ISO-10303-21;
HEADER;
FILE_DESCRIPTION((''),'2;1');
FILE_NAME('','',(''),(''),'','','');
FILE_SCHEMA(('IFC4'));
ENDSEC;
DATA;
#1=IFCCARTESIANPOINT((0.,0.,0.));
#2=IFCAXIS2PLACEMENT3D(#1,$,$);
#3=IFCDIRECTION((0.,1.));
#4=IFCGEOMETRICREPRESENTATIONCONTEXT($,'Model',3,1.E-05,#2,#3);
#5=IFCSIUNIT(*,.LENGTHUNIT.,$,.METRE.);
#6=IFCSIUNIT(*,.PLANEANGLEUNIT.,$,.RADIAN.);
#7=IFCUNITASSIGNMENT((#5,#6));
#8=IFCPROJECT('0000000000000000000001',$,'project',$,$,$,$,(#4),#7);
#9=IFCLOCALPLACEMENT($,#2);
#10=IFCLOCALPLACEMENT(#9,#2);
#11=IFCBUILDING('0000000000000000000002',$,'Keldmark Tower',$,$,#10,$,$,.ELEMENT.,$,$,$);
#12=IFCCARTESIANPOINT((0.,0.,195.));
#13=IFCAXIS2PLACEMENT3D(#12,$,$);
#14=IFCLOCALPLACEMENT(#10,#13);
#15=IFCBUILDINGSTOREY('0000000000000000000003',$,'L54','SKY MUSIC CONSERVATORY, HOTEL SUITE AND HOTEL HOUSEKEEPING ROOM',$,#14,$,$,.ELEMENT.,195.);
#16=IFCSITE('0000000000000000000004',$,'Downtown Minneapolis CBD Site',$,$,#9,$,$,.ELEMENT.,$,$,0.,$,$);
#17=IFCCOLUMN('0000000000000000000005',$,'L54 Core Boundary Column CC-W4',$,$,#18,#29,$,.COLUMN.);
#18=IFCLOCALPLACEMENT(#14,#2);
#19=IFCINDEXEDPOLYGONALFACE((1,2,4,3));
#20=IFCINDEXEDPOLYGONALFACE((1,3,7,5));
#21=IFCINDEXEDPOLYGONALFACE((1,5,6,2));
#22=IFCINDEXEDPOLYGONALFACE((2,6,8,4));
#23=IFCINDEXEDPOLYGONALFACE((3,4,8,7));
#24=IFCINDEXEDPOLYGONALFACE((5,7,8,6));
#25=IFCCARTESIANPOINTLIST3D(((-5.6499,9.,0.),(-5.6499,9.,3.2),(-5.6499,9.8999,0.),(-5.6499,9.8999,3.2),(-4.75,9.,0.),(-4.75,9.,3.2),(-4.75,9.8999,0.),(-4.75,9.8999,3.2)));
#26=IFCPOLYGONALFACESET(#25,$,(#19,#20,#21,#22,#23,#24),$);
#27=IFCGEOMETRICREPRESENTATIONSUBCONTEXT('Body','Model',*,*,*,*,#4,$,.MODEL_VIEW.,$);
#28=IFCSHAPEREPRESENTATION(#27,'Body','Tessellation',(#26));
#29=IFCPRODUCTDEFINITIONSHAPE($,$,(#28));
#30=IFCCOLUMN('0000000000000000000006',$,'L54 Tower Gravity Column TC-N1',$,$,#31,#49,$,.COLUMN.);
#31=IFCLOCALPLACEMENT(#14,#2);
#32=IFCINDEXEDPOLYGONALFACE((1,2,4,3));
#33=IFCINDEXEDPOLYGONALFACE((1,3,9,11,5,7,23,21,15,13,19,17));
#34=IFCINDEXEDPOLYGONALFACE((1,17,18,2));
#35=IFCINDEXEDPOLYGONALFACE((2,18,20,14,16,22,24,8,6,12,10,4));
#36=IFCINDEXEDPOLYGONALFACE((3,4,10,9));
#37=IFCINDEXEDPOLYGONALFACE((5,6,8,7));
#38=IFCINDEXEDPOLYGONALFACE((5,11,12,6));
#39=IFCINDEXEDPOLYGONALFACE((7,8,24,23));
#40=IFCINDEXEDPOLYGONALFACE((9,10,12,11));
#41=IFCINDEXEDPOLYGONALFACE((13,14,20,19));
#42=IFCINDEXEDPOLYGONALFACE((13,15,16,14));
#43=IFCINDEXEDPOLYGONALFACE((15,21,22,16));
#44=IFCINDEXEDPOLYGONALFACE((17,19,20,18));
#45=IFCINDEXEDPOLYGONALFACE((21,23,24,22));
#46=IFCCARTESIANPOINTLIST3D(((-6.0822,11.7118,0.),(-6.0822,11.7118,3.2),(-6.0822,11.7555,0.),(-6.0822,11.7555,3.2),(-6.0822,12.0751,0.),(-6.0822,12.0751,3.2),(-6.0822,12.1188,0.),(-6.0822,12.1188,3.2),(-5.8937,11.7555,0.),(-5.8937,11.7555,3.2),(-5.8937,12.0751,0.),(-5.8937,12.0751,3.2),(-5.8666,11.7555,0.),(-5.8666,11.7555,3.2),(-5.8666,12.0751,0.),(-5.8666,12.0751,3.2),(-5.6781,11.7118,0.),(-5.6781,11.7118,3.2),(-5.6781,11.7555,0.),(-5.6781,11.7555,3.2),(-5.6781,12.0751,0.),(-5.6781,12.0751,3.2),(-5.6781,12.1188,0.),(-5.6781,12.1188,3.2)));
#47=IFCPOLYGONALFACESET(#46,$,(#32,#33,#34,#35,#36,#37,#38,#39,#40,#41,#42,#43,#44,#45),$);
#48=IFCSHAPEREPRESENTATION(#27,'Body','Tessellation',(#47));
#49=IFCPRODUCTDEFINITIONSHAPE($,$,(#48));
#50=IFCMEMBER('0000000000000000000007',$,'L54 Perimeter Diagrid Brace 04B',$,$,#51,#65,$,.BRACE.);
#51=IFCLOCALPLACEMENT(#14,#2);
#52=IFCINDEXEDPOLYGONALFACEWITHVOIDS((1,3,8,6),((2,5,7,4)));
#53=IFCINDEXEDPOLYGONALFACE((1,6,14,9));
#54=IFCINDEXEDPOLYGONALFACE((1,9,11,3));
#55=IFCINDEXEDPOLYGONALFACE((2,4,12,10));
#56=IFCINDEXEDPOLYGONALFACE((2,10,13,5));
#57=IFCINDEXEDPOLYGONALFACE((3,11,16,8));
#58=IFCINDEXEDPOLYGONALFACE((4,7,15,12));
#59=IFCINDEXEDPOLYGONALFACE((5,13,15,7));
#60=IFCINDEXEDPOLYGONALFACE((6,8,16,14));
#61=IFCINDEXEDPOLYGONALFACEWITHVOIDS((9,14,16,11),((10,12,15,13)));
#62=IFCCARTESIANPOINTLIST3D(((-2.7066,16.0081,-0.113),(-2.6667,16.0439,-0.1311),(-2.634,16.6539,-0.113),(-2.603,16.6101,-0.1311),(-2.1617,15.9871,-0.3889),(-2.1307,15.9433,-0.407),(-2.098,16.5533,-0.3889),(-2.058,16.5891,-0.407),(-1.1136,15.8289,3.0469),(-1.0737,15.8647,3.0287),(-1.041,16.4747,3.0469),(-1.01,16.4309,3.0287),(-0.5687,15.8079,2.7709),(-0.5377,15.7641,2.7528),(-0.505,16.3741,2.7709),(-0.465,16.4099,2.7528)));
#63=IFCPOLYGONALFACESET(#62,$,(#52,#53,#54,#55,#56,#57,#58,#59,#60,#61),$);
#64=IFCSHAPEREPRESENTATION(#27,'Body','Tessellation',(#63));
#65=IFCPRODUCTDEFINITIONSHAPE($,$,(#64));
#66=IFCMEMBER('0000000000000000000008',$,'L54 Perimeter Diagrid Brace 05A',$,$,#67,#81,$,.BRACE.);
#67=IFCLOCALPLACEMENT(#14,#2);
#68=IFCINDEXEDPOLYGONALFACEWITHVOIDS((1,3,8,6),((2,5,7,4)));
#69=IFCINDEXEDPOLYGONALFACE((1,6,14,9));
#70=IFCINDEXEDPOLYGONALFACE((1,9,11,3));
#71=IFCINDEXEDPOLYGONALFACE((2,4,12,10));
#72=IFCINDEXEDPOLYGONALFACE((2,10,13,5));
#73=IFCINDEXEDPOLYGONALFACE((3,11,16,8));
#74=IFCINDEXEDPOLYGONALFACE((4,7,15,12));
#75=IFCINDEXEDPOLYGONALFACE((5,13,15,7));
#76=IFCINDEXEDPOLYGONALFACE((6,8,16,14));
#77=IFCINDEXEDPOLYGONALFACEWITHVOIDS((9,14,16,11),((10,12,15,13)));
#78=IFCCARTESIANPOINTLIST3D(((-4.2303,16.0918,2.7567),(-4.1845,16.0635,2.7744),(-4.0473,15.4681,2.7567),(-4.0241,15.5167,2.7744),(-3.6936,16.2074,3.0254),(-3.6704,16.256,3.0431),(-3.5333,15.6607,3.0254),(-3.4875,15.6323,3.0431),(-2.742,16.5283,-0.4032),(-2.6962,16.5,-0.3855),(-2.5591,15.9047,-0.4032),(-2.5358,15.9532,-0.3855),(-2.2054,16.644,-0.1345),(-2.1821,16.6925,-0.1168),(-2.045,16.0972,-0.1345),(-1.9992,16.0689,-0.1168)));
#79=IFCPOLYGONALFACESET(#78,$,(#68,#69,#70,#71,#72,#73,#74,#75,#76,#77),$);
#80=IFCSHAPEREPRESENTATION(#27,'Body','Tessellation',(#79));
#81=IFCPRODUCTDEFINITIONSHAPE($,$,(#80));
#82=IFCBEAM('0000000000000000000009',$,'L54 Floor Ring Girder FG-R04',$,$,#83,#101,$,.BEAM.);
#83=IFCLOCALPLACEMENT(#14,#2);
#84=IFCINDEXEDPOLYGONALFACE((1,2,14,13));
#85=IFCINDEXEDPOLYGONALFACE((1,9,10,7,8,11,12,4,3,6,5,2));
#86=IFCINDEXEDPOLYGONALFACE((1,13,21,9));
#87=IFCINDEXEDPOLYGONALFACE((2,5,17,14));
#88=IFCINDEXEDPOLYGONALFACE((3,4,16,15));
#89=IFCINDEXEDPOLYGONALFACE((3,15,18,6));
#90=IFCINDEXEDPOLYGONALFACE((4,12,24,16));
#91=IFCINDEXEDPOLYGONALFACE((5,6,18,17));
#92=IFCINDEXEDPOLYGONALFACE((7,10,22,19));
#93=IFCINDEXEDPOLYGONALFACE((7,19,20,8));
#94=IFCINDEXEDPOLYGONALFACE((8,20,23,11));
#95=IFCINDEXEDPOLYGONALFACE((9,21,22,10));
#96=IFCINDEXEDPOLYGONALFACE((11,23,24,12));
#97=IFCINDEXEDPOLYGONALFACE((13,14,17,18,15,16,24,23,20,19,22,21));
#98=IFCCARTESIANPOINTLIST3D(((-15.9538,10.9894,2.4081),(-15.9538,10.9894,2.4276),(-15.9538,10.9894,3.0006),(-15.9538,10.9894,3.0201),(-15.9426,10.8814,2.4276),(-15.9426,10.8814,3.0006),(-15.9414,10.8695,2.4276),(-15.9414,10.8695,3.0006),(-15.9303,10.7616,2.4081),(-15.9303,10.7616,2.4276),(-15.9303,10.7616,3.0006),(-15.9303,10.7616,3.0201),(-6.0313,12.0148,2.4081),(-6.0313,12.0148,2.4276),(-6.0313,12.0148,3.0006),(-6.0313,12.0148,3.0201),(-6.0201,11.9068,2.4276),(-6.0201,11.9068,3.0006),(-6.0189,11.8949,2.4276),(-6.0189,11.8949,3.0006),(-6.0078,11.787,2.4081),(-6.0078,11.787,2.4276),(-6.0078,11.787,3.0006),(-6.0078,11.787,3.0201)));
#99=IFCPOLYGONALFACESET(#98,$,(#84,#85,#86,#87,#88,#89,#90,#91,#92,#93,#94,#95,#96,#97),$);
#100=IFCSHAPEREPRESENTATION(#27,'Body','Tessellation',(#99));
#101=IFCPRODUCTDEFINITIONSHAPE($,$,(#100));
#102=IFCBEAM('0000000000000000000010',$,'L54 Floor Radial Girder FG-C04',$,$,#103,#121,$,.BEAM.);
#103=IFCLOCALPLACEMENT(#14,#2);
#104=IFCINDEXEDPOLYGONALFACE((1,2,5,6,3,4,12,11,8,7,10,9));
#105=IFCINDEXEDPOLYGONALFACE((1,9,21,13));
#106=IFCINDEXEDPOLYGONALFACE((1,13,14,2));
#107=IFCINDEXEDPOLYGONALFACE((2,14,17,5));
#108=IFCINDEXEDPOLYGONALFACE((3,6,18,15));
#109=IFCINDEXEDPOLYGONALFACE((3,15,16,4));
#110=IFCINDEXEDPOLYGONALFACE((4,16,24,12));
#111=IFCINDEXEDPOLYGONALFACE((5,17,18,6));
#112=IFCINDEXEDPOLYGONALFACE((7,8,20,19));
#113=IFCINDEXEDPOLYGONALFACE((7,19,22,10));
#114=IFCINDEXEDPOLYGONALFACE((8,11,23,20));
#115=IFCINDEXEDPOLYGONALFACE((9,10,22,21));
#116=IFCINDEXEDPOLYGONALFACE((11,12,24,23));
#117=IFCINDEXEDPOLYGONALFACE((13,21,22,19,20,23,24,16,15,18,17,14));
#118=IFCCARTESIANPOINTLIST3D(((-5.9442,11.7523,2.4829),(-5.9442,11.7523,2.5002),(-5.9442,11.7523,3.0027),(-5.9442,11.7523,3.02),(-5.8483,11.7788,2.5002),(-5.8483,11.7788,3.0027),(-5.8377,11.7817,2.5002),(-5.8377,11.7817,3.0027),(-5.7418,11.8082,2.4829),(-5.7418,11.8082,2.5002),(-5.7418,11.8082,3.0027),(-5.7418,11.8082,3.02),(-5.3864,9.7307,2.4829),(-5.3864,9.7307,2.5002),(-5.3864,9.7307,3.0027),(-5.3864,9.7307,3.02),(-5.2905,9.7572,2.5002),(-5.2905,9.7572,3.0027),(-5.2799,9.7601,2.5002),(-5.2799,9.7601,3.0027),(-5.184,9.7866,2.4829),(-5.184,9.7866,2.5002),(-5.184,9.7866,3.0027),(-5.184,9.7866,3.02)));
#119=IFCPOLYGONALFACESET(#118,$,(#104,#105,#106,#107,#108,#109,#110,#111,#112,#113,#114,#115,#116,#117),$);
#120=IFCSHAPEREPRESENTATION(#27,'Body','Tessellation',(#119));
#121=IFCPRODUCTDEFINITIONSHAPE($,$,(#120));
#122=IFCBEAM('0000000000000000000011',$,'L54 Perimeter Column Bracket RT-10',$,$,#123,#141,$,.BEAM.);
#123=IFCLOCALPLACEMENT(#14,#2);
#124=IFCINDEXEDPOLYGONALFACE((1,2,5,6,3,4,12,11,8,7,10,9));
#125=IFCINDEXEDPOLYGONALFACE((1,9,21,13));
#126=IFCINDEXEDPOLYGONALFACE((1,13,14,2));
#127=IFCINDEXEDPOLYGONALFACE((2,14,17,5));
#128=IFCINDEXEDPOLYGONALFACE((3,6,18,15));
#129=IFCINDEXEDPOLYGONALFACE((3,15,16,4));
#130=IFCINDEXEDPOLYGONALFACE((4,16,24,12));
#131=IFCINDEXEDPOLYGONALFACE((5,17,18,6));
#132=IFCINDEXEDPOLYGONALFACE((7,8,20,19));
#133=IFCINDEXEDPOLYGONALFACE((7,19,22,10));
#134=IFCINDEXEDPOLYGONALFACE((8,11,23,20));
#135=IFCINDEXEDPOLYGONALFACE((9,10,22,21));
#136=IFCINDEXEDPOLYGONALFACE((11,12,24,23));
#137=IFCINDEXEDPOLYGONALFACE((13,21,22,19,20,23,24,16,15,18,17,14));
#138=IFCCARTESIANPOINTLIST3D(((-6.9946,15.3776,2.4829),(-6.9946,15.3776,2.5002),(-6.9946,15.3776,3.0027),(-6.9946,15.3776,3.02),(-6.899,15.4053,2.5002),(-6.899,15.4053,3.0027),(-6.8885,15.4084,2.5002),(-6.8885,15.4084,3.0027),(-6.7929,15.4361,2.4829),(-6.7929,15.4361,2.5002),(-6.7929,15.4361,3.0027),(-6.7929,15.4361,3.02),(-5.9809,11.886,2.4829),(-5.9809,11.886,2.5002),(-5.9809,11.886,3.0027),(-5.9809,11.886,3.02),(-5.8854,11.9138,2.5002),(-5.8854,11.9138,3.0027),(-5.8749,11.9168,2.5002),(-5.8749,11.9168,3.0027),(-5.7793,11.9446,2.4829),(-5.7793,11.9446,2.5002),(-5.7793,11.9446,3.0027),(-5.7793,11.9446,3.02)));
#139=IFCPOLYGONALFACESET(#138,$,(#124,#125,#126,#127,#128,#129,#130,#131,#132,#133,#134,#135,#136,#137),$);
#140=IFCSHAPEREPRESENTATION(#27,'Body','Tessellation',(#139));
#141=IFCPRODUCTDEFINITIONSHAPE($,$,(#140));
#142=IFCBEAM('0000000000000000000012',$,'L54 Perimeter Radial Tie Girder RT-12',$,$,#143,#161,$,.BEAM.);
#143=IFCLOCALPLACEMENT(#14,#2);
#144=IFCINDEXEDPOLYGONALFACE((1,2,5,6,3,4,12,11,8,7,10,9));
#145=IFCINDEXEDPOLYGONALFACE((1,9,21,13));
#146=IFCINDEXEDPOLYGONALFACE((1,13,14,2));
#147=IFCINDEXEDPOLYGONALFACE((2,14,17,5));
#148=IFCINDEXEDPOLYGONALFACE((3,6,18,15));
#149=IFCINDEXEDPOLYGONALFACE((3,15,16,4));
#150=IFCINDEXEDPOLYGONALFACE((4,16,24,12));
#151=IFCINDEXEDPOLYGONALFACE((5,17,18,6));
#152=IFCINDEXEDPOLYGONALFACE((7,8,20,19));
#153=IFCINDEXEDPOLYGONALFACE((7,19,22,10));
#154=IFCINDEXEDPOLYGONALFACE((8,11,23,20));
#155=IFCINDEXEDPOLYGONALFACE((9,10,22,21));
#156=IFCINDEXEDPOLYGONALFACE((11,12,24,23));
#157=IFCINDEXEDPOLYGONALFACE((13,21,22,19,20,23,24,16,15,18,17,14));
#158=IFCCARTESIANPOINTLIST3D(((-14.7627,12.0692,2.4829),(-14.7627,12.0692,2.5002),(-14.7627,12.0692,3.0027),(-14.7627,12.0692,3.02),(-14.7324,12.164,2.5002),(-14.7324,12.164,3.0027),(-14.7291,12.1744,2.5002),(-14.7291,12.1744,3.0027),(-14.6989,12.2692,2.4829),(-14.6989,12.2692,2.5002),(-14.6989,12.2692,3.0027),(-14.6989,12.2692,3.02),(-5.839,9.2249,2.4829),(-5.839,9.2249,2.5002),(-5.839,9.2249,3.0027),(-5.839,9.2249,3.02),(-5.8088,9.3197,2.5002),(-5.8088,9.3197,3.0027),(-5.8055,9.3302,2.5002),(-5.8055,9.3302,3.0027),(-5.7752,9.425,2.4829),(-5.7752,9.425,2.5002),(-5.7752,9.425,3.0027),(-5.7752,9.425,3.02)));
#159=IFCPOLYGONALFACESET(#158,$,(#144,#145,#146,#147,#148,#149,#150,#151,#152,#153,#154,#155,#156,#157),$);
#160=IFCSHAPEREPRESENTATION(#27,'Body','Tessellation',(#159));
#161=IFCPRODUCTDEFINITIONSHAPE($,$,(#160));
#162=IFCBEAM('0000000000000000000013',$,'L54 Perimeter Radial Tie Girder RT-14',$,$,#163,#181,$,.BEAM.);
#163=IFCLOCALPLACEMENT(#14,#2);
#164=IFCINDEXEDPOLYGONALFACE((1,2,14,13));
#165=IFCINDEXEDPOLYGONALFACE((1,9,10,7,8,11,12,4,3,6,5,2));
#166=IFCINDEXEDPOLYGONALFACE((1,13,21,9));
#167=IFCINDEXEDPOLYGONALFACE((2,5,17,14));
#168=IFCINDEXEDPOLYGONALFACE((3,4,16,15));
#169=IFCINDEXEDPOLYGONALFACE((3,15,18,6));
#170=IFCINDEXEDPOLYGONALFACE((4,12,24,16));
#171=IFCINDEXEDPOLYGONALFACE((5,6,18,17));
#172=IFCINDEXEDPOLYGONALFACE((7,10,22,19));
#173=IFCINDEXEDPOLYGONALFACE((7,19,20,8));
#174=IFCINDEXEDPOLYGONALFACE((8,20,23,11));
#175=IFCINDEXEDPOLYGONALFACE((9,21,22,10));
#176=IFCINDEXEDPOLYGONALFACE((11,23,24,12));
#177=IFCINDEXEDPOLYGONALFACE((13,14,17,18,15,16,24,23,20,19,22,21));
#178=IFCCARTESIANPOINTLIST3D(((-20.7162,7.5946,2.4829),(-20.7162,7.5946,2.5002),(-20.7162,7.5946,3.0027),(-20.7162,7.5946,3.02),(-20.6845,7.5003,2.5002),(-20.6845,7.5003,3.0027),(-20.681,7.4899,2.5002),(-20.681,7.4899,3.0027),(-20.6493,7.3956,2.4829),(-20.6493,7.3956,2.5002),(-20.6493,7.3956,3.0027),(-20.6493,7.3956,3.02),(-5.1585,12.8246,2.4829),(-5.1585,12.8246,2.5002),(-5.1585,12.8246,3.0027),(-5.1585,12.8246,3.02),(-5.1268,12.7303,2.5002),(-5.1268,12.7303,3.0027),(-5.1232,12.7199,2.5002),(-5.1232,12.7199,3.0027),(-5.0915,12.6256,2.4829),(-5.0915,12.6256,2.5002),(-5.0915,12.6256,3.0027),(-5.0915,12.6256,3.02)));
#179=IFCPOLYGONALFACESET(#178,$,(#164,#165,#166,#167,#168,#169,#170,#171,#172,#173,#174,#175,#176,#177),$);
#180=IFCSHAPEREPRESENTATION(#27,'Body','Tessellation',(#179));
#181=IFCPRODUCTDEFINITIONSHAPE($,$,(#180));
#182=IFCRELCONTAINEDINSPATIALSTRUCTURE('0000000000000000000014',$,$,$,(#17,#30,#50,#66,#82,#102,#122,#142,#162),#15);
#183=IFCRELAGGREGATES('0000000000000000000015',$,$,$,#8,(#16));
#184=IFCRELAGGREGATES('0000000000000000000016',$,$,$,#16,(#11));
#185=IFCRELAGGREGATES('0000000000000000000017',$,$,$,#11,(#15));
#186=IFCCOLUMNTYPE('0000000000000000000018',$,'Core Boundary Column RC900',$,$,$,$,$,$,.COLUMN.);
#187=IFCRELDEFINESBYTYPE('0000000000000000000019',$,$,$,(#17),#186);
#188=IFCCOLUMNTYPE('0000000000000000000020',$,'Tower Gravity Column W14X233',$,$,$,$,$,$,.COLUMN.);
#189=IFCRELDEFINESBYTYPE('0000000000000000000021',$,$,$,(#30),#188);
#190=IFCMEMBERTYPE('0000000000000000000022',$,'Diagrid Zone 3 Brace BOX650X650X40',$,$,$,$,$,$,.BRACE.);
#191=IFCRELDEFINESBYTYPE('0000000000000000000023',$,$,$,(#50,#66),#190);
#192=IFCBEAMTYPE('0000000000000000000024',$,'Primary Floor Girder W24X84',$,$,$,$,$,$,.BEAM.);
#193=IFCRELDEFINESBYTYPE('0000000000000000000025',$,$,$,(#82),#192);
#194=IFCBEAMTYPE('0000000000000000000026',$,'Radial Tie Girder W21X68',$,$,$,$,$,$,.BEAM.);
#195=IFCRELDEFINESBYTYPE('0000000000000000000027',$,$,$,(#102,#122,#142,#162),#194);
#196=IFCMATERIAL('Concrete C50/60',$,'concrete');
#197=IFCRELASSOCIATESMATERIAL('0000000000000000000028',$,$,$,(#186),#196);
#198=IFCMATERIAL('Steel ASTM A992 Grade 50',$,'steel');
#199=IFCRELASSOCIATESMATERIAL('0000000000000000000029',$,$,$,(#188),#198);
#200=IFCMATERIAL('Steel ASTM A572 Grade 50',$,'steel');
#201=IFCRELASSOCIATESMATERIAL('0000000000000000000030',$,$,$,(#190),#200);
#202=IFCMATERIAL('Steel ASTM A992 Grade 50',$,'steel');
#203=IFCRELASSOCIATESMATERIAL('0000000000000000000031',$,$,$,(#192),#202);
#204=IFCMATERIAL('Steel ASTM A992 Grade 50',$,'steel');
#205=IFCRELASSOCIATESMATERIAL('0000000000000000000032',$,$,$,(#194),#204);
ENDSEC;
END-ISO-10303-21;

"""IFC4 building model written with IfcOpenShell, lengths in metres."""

from ifc_helpers import new_model, si_unit, direction, frame, origin, origin_2d, place, context, subcontext, project, spatial, rectangle, hollow_rectangle, i_section, extrude, material, material_profile, profile_set, type_object, element, save


model = new_model("IFC4")

# Units and contexts
model_context = context("Model", 3, precision=1e-05, world=origin(), true_north=direction((0.0, 1.0)))
body_context = subcontext(model_context, "Body", "Model", "MODEL_VIEW")
ifc_project = project(units=[si_unit("LENGTHUNIT", "METRE"), si_unit("PLANEANGLEUNIT", "RADIAN")], contexts=[model_context])

# Site, building, storey
site_placement = place(None, origin())
site = spatial("IfcSite", under=ifc_project, at=site_placement, Name="Downtown Minneapolis CBD Site", CompositionType="ELEMENT", RefElevation=0.0)
building_placement = place(site_placement, origin())
building = spatial("IfcBuilding", under=site, at=building_placement, Name="Keldmark Tower", CompositionType="ELEMENT")
storey_placement = place(building_placement, frame((0.0, 0.0, 195.0)))
storey = spatial("IfcBuildingStorey", under=building, at=storey_placement, Name="L54", Description="SKY MUSIC CONSERVATORY, HOTEL SUITE AND HOTEL HOUSEKEEPING ROOM", CompositionType="ELEMENT", Elevation=195.0)

# Columns
ifc_material_1 = material(Name="Concrete C50/60", Category="concrete")
ifc_material_profile_1 = material_profile(ifc_material_1, rectangle(XDim=0.8999, YDim=0.8999, at=origin_2d()), Name="RC900X900")
ifc_profile_set_1 = profile_set([ifc_material_profile_1], Name="Concrete C50/60")
column_type_1 = type_object("IfcColumnType", Name="Core Boundary Column RC900", PredefinedType="COLUMN", material=ifc_profile_set_1)
column_1_placement = place(storey_placement, frame((-5.2, 9.45, 0.0), z_axis=(0.0, 0.0, 1.0), x_axis=(1.0, 0.0, 0.0)))
element("IfcColumn", 1, at=column_1_placement, inside=storey, type_object=column_type_1, Name="L54 Core Boundary Column CC-W4", PredefinedType="COLUMN", context=body_context, shape_type="SweptSolid", body=[
    extrude(rectangle(XDim=0.8999, YDim=0.8999, at=origin_2d()), origin(), (0.0, 0.0, 1.0), 3.2),
])
ifc_material_2 = material(Name="Steel ASTM A992 Grade 50", Category="steel")
ifc_material_profile_2 = material_profile(ifc_material_2, i_section(OverallWidth=0.4041, OverallDepth=0.407, WebThickness=0.0271, FlangeThickness=0.0437, at=origin_2d()), Name="W14X233")
ifc_profile_set_2 = profile_set([ifc_material_profile_2], Name="Steel ASTM A992 Grade 50")
column_type_2 = type_object("IfcColumnType", Name="Tower Gravity Column W14X233", PredefinedType="COLUMN", material=ifc_profile_set_2)
column_2_placement = place(storey_placement, frame((-5.8801, 11.9153, 0.0), z_axis=(0.0, 0.0, 1.0), x_axis=(1.0, 0.0, 0.0)))
element("IfcColumn", 2, at=column_2_placement, inside=storey, type_object=column_type_2, Name="L54 Tower Gravity Column TC-N1", PredefinedType="COLUMN", context=body_context, shape_type="SweptSolid", body=[
    extrude(i_section(OverallWidth=0.4041, OverallDepth=0.407, WebThickness=0.0271, FlangeThickness=0.0437, at=origin_2d()), origin(), (0.0, 0.0, 1.0), 3.2),
])

# Members
ifc_material_3 = material(Name="Steel ASTM A572 Grade 50", Category="steel")
ifc_material_profile_3 = material_profile(ifc_material_3, hollow_rectangle(XDim=0.6499, YDim=0.6499, WallThickness=0.04, at=origin_2d()), Name="BOX650X650X40")
ifc_profile_set_3 = profile_set([ifc_material_profile_3], Name="Steel ASTM A572 Grade 50")
member_type = type_object("IfcMemberType", Name="Diagrid Zone 3 Brace BOX650X650X40", PredefinedType="BRACE", material=ifc_profile_set_3)
member_1_placement = place(storey_placement, frame((-2.3823, 16.2986, -0.26), z_axis=(0.449588, -0.050574, 0.891803), x_axis=(0.111785, 0.993732, 0.0)))
element("IfcMember", 3, at=member_1_placement, inside=storey, type_object=member_type, Name="L54 Perimeter Diagrid Brace 04B", PredefinedType="BRACE", context=body_context, shape_type="SweptSolid", body=[
    extrude(hollow_rectangle(XDim=0.6499, YDim=0.6499, WallThickness=0.04, at=origin_2d()), origin(), (0.0, 0.0, 1.0), 3.5432),
])
member_2_placement = place(storey_placement, frame((-2.3706, 16.2986, -0.26), z_axis=(-0.422804, -0.124011, 0.897696), x_axis=(0.28145, -0.959576, 0.0)))
element("IfcMember", 4, at=member_2_placement, inside=storey, type_object=member_type, Name="L54 Perimeter Diagrid Brace 05A", PredefinedType="BRACE", context=body_context, shape_type="SweptSolid", body=[
    extrude(hollow_rectangle(XDim=0.6499, YDim=0.6499, WallThickness=0.04, at=origin_2d()), origin(), (0.0, 0.0, 1.0), 3.52),
])

# Beams
ifc_material_4 = material(Name="Steel ASTM A992 Grade 50", Category="steel")
ifc_material_profile_4 = material_profile(ifc_material_4, i_section(OverallWidth=0.229, OverallDepth=0.6121, WebThickness=0.012, FlangeThickness=0.0195, at=origin_2d()), Name="W24X84")
ifc_profile_set_4 = profile_set([ifc_material_profile_4], Name="Steel ASTM A992 Grade 50")
beam_type_1 = type_object("IfcBeamType", Name="Primary Floor Girder W24X84", PredefinedType="BEAM", material=ifc_profile_set_4)
beam_1_placement = place(storey_placement, frame((-6.0195, 11.9009, 2.7141), z_axis=(-0.994703, -0.102791, 0.0), x_axis=(0.102791, -0.994703, 0.0)))
element("IfcBeam", 5, at=beam_1_placement, inside=storey, type_object=beam_type_1, Name="L54 Floor Ring Girder FG-R04", PredefinedType="BEAM", context=body_context, shape_type="SweptSolid", body=[
    extrude(i_section(OverallWidth=0.229, OverallDepth=0.6121, WebThickness=0.012, FlangeThickness=0.0195, at=origin_2d()), origin(), (0.0, 0.0, 1.0), 9.9753),
])
ifc_material_5 = material(Name="Steel ASTM A992 Grade 50", Category="steel")
ifc_material_profile_5 = material_profile(ifc_material_5, i_section(OverallWidth=0.21, OverallDepth=0.5371, WebThickness=0.011, FlangeThickness=0.0173, at=origin_2d()), Name="W21X68")
ifc_profile_set_5 = profile_set([ifc_material_profile_5], Name="Steel ASTM A992 Grade 50")
beam_type_2 = type_object("IfcBeamType", Name="Radial Tie Girder W21X68", PredefinedType="BEAM", material=ifc_profile_set_5)
beam_2_placement = place(storey_placement, frame((-5.843, 11.7803, 2.7515), z_axis=(0.265992, -0.963975, 0.0), x_axis=(0.963975, 0.265992, 0.0)))
element("IfcBeam", 6, at=beam_2_placement, inside=storey, type_object=beam_type_2, Name="L54 Floor Radial Girder FG-C04", PredefinedType="BEAM", context=body_context, shape_type="SweptSolid", body=[
    extrude(i_section(OverallWidth=0.21, OverallDepth=0.5371, WebThickness=0.011, FlangeThickness=0.0173, at=origin_2d()), origin(), (0.0, 0.0, 1.0), 2.0972),
])
beam_3_placement = place(storey_placement, frame((-5.8801, 11.9153, 2.7515), z_axis=(-0.278798, 0.96035, 0.0), x_axis=(-0.96035, -0.278798, 0.0)))
element("IfcBeam", 7, at=beam_3_placement, inside=storey, type_object=beam_type_2, Name="L54 Perimeter Column Bracket RT-10", PredefinedType="BEAM", context=body_context, shape_type="SweptSolid", body=[
    extrude(i_section(OverallWidth=0.21, OverallDepth=0.5371, WebThickness=0.011, FlangeThickness=0.0173, at=origin_2d()), origin(), (0.0, 0.0, 1.0), 3.6357),
])
beam_4_placement = place(storey_placement, frame((-5.8071, 9.325, 2.7515), z_axis=(-0.952774, 0.30368, 0.0), x_axis=(-0.30368, -0.952774, 0.0)))
element("IfcBeam", 8, at=beam_4_placement, inside=storey, type_object=beam_type_2, Name="L54 Perimeter Radial Tie Girder RT-12", PredefinedType="BEAM", context=body_context, shape_type="SweptSolid", body=[
    extrude(i_section(OverallWidth=0.21, OverallDepth=0.5371, WebThickness=0.011, FlangeThickness=0.0173, at=origin_2d()), origin(), (0.0, 0.0, 1.0), 9.366),
])
beam_5_placement = place(storey_placement, frame((-5.125, 12.7251, 2.7515), z_axis=(-0.947876, -0.318641, 0.0), x_axis=(0.318641, -0.947876, 0.0)))
element("IfcBeam", 9, at=beam_5_placement, inside=storey, type_object=beam_type_2, Name="L54 Perimeter Radial Tie Girder RT-14", PredefinedType="BEAM", context=body_context, shape_type="SweptSolid", body=[
    extrude(i_section(OverallWidth=0.21, OverallDepth=0.5371, WebThickness=0.011, FlangeThickness=0.0173, at=origin_2d()), origin(), (0.0, 0.0, 1.0), 16.4133),
])

save(model, "model.ifc")
